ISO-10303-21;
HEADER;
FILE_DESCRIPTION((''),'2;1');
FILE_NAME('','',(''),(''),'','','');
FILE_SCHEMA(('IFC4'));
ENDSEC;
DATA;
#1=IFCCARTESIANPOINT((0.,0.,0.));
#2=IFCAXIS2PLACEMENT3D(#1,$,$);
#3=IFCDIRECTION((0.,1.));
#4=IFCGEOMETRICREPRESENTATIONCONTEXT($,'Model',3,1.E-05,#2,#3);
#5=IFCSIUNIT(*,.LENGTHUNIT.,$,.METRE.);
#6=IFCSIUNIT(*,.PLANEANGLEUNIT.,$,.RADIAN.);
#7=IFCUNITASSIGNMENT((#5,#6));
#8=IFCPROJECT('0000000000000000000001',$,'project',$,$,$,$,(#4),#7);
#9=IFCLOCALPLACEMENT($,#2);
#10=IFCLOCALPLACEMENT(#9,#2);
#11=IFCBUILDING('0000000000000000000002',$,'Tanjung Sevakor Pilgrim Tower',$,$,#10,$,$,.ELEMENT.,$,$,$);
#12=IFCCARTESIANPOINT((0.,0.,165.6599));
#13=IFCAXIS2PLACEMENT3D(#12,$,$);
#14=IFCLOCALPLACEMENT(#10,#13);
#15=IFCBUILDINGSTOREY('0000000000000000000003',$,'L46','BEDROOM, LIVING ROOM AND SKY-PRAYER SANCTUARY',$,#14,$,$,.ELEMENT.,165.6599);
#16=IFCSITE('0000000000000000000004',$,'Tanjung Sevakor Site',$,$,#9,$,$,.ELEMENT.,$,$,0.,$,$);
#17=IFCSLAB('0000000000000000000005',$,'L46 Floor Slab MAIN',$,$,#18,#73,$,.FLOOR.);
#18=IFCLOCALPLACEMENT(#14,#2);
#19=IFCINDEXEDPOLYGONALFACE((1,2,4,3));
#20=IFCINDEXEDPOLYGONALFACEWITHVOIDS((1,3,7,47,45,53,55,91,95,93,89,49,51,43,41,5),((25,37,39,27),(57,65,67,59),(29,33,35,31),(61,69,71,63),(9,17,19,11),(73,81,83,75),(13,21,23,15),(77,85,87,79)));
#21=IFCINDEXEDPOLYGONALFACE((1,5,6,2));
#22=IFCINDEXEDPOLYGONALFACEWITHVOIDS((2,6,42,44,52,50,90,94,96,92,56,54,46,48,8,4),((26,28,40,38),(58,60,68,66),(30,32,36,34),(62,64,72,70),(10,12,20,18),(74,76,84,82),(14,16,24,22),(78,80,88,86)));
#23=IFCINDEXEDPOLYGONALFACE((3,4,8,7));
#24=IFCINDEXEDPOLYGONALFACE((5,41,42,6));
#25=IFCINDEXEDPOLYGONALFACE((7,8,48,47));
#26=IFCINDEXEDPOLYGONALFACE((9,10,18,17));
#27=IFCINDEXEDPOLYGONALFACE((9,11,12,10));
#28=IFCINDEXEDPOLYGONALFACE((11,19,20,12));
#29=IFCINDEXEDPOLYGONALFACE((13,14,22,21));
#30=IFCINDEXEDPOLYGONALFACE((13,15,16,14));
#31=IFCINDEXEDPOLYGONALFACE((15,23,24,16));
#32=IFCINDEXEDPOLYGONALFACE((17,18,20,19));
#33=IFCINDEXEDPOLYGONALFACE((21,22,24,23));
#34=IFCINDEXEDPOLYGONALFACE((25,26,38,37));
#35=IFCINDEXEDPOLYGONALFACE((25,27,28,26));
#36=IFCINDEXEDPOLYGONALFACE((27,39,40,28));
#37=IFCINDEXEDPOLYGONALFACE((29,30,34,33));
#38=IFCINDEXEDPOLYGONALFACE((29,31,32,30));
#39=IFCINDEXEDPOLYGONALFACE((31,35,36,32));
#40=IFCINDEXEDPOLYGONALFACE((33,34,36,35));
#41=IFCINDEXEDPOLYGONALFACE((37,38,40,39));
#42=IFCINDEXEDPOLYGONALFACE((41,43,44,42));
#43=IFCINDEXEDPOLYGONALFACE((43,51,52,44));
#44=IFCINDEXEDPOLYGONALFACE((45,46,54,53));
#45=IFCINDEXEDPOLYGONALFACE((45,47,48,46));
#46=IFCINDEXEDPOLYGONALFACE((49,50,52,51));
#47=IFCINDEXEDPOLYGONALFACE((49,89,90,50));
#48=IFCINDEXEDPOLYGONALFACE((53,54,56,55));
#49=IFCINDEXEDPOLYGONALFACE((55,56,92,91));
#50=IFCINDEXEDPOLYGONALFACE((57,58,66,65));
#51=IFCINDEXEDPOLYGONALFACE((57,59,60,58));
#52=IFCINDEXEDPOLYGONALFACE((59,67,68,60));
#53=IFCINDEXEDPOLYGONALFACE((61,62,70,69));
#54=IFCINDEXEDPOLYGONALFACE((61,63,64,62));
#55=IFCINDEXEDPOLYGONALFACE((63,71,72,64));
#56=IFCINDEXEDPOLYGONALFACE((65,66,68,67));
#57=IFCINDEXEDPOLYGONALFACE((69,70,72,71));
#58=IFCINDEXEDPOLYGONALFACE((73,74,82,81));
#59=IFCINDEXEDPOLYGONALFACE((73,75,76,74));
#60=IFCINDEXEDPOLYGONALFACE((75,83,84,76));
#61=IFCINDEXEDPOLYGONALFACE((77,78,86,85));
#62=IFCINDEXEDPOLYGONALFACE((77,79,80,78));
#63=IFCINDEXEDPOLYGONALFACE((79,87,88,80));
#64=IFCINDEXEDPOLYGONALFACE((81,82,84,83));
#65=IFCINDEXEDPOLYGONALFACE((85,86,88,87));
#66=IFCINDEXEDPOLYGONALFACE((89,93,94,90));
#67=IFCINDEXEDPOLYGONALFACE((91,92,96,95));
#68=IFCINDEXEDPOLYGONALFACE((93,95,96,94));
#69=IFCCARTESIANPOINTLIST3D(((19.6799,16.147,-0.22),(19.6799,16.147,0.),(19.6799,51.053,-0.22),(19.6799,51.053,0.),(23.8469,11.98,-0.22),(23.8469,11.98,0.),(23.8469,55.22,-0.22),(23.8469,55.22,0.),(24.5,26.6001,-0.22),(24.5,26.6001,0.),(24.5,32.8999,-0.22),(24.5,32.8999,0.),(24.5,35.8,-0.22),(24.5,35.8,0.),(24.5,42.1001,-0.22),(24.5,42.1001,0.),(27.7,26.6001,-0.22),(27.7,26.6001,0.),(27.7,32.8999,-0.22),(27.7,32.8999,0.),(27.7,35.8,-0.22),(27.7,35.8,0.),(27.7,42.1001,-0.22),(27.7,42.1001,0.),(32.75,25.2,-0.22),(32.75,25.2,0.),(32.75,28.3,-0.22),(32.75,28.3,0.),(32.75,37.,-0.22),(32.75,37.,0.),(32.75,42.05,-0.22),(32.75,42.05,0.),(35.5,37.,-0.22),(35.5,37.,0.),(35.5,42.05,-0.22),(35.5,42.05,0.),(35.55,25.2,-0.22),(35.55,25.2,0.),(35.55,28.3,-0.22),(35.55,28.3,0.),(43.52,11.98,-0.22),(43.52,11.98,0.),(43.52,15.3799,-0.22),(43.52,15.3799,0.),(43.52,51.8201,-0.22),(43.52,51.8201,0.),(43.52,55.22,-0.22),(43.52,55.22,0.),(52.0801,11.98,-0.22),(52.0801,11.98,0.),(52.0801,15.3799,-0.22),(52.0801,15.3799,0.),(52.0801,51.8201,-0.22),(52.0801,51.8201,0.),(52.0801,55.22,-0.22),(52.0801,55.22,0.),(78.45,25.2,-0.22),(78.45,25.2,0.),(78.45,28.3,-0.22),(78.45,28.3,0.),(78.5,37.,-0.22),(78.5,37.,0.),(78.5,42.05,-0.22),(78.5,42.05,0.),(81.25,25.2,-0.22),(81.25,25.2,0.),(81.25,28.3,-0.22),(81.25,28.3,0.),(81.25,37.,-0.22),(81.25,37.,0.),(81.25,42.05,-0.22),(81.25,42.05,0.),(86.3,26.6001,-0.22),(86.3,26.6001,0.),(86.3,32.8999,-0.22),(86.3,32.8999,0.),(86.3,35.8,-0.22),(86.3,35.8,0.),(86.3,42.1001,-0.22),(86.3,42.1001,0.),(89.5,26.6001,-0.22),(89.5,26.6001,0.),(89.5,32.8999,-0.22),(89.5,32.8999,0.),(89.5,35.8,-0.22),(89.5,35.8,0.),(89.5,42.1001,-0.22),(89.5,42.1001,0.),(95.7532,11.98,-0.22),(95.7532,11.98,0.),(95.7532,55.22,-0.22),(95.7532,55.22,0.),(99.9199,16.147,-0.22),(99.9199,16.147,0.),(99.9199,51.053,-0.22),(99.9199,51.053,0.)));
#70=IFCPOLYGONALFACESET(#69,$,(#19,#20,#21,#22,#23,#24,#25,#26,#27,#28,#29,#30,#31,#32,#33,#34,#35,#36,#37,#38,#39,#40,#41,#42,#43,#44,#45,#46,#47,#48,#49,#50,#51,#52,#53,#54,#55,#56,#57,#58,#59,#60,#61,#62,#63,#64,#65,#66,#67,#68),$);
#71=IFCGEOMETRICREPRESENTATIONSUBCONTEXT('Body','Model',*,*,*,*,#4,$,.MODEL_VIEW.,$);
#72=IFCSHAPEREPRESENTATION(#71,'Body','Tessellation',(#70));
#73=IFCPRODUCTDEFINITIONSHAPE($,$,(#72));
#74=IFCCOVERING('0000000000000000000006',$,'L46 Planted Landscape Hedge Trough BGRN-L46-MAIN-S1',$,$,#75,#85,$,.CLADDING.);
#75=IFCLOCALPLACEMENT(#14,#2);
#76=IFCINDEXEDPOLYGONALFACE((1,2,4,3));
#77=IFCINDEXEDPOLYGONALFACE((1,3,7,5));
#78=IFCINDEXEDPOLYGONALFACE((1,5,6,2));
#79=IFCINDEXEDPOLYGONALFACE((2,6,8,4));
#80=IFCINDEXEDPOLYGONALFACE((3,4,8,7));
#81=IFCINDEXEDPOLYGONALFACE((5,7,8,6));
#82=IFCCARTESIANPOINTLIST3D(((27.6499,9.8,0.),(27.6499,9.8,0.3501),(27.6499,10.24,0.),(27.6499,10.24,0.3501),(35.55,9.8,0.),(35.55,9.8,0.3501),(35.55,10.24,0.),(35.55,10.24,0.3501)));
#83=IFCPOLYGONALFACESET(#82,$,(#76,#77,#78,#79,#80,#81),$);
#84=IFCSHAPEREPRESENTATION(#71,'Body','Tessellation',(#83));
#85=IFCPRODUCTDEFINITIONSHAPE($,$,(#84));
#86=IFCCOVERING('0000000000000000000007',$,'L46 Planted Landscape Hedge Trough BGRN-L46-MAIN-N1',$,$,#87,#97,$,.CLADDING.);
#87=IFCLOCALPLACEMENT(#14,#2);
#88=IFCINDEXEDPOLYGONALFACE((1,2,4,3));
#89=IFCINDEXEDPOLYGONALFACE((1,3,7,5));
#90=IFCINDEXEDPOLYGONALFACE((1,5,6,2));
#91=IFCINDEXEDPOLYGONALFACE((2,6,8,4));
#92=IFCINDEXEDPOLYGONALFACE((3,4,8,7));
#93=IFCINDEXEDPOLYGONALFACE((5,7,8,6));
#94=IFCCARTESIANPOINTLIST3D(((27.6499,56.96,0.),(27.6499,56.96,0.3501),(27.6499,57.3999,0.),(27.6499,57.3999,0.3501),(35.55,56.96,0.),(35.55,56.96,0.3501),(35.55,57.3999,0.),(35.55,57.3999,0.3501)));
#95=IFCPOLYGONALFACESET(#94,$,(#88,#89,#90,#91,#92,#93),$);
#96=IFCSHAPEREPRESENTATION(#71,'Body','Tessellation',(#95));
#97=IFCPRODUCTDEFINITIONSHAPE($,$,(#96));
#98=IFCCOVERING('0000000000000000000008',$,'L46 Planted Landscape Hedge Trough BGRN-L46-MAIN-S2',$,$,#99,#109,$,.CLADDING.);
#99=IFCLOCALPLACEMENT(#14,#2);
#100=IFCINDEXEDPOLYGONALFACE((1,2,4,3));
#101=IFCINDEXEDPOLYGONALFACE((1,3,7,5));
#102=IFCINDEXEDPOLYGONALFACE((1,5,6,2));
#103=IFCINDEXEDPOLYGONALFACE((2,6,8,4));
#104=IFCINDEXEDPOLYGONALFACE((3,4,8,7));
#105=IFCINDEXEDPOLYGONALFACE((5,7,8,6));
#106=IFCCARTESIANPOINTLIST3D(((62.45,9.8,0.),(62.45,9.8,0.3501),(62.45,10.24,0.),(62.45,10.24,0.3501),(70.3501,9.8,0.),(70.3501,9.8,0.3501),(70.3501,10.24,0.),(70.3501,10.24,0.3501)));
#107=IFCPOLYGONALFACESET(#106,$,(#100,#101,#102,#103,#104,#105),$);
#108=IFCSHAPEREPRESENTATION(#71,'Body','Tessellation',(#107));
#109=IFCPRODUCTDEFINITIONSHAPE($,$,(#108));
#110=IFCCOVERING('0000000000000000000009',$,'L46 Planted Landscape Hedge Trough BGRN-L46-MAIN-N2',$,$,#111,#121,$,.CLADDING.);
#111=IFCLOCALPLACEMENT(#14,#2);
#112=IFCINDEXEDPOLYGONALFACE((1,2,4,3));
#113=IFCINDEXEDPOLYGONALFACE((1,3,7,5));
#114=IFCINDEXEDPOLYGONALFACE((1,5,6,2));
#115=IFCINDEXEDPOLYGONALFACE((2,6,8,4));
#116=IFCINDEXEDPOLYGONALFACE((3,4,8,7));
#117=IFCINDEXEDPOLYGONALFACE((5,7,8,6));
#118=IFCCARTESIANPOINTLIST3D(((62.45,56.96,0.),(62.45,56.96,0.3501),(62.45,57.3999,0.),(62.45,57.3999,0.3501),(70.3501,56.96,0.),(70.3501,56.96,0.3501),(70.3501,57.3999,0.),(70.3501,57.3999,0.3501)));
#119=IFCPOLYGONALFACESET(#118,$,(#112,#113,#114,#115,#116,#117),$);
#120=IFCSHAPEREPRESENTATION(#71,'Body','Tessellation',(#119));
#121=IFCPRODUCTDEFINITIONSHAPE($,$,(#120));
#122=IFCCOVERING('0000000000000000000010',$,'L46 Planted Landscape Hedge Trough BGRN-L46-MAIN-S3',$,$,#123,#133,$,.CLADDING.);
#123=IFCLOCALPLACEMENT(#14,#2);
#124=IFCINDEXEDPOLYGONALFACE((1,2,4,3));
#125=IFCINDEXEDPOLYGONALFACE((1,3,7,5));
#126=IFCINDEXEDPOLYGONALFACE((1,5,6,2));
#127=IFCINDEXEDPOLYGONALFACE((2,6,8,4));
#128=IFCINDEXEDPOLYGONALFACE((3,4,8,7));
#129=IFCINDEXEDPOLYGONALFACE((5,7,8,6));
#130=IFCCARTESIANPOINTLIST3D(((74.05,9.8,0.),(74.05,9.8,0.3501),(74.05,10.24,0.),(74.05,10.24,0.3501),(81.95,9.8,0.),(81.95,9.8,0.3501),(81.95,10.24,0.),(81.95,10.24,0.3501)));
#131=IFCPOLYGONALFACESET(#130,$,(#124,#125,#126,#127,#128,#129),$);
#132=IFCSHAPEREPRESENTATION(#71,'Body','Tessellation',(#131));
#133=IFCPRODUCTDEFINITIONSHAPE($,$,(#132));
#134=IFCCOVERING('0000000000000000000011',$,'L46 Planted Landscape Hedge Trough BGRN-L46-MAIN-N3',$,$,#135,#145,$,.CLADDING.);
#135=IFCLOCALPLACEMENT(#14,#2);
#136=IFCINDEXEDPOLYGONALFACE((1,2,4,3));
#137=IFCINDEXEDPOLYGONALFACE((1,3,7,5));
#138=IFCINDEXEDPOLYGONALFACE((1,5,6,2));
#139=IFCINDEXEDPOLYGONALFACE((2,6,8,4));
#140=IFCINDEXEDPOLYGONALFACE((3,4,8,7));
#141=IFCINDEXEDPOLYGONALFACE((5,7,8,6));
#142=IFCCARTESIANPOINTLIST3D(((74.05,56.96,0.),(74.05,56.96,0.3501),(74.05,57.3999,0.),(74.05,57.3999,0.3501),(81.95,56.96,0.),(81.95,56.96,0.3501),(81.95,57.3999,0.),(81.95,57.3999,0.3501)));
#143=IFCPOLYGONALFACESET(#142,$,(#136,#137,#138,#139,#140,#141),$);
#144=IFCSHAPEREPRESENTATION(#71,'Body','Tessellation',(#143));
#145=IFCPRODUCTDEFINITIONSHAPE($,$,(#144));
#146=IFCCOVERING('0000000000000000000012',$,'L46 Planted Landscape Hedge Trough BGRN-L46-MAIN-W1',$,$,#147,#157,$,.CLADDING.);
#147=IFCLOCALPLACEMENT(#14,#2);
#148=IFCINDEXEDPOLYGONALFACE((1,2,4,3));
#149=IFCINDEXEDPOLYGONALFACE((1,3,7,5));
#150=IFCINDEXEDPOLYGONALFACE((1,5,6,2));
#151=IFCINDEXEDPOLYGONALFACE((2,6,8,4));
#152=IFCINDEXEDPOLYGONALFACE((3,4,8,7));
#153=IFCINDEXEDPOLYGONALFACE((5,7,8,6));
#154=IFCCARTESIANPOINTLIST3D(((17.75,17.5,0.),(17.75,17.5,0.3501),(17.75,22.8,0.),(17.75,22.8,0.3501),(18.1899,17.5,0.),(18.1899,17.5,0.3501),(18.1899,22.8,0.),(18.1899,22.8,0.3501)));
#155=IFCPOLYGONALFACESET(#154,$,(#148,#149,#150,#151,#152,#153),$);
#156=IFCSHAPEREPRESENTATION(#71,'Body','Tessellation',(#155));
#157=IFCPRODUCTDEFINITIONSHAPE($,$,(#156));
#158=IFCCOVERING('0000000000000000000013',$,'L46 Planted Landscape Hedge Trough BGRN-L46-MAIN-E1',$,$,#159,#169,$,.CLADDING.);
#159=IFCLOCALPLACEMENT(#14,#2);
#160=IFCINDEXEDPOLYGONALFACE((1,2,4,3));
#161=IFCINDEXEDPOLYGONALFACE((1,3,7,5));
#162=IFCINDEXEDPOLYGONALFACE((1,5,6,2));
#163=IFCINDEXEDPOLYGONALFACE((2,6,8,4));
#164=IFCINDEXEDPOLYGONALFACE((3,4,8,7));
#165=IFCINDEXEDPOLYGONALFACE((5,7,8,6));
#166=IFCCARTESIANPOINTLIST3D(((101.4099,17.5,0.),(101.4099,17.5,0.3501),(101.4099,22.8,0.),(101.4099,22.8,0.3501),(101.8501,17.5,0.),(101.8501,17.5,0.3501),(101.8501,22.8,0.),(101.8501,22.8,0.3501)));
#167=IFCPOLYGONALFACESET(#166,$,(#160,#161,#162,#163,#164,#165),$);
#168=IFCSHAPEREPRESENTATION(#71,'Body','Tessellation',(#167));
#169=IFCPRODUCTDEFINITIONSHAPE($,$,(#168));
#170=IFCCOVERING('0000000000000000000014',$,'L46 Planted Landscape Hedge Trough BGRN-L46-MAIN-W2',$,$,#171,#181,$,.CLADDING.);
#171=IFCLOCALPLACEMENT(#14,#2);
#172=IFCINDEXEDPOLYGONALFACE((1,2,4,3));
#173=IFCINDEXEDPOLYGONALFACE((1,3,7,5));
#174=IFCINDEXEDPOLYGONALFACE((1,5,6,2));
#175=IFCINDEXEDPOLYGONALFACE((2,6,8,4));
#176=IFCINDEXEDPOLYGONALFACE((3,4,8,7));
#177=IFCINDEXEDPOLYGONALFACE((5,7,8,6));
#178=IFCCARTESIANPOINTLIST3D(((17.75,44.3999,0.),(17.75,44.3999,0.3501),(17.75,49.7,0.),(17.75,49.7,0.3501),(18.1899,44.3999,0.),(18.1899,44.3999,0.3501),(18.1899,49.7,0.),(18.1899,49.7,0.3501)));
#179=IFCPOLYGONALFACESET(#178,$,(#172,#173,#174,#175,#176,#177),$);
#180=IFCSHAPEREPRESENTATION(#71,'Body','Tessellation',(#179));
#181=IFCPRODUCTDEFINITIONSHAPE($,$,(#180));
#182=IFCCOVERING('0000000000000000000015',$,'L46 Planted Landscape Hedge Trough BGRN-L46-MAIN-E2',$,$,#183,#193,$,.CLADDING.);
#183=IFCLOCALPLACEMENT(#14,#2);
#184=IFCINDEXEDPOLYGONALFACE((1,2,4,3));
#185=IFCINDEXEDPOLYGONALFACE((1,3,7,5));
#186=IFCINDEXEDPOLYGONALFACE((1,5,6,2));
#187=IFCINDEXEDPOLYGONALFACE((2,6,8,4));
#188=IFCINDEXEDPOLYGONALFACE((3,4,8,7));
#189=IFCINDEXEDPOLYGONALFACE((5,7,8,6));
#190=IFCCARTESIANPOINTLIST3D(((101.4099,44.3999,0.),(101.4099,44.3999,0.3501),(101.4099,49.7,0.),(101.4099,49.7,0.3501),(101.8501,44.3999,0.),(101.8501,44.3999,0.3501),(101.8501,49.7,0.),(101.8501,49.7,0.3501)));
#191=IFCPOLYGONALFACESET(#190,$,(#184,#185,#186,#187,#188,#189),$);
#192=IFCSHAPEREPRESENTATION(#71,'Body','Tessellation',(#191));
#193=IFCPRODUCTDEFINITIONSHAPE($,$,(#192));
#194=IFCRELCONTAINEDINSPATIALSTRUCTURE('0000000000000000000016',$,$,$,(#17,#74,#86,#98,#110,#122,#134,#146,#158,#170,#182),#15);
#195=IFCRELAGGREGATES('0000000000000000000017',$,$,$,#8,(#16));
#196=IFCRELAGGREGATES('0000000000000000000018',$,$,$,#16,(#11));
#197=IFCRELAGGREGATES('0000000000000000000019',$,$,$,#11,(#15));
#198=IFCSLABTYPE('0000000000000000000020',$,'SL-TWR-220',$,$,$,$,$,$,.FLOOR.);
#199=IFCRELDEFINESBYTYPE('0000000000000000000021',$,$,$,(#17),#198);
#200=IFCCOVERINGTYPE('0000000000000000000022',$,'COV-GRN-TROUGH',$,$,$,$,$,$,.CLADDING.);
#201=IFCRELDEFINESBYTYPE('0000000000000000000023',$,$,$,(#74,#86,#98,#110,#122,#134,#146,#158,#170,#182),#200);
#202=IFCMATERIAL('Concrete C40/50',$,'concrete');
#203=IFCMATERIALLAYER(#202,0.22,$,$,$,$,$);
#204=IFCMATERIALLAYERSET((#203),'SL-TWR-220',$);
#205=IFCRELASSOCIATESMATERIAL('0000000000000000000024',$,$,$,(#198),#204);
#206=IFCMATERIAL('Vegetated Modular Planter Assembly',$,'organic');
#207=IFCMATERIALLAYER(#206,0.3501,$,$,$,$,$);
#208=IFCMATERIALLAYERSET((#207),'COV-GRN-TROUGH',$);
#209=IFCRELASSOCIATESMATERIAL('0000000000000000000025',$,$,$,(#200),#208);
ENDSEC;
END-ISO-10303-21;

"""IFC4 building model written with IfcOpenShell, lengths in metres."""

from ifc_helpers import new_model, si_unit, direction, frame, origin, place, context, subcontext, project, spatial, polyline, outline, extrude, material, layer, layer_set, type_object, element, save


model = new_model("IFC4")

# Units and contexts
model_context = context("Model", 3, precision=1e-05, world=origin(), true_north=direction((0.0, 1.0)))
body_context = subcontext(model_context, "Body", "Model", "MODEL_VIEW")
ifc_project = project(units=[si_unit("LENGTHUNIT", "METRE"), si_unit("PLANEANGLEUNIT", "RADIAN")], contexts=[model_context])

# Site, building, storey
site_placement = place(None, origin())
site = spatial("IfcSite", under=ifc_project, at=site_placement, Name="Tanjung Sevakor Site", CompositionType="ELEMENT", RefElevation=0.0)
building_placement = place(site_placement, origin())
building = spatial("IfcBuilding", under=site, at=building_placement, Name="Tanjung Sevakor Pilgrim Tower", CompositionType="ELEMENT")
storey_placement = place(building_placement, frame((0.0, 0.0, 165.6599)))
storey = spatial("IfcBuildingStorey", under=building, at=storey_placement, Name="L46", Description="BEDROOM, LIVING ROOM AND SKY-PRAYER SANCTUARY", CompositionType="ELEMENT", Elevation=165.6599)

# Slab
ifc_material_1 = material(Name="Concrete C40/50", Category="concrete")
ifc_layer_1 = layer(ifc_material_1, 0.22)
ifc_layer_set_1 = layer_set([ifc_layer_1], Name="SL-TWR-220")
slab_type_1 = type_object("IfcSlabType", Name="SL-TWR-220", PredefinedType="FLOOR", material=ifc_layer_set_1)
slab_1_placement = place(storey_placement, frame((0.0, 0.0, -0.22)))
element("IfcSlab", 1, at=slab_1_placement, inside=storey, type_object=slab_type_1, Name="L46 Floor Slab MAIN", PredefinedType="FLOOR", context=body_context, shape_type="SweptSolid", body=[
    extrude(outline(polyline([(23.8469, 11.98), (43.52, 11.98), (43.52, 15.3799), (52.0801, 15.3799), (52.0801, 11.98), (95.7532, 11.98), (99.9199, 16.147), (99.9199, 51.053), (95.7532, 55.22), (52.0801, 55.22), (52.0801, 51.8201), (43.52, 51.8201), (43.52, 55.22), (23.8469, 55.22), (19.6799, 51.053), (19.6799, 16.147), (23.8469, 11.98)]), holes=[polyline([(27.7, 26.6001), (27.7, 32.8999), (24.5, 32.8999), (24.5, 26.6001), (27.7, 26.6001)]), polyline([(27.7, 35.8), (27.7, 42.1001), (24.5, 42.1001), (24.5, 35.8), (27.7, 35.8)]), polyline([(89.5, 26.6001), (89.5, 32.8999), (86.3, 32.8999), (86.3, 26.6001), (89.5, 26.6001)]), polyline([(89.5, 35.8), (89.5, 42.1001), (86.3, 42.1001), (86.3, 35.8), (89.5, 35.8)]), polyline([(32.75, 25.2), (35.55, 25.2), (35.55, 28.3), (32.75, 28.3), (32.75, 25.2)]), polyline([(32.75, 37.0), (35.5, 37.0), (35.5, 42.05), (32.75, 42.05), (32.75, 37.0)]), polyline([(78.45, 25.2), (81.25, 25.2), (81.25, 28.3), (78.45, 28.3), (78.45, 25.2)]), polyline([(78.5, 37.0), (81.25, 37.0), (81.25, 42.05), (78.5, 42.05), (78.5, 37.0)])]), origin(), (0.0, 0.0, 1.0), 0.22),
])

# Coverings
ifc_material_2 = material(Name="Vegetated Modular Planter Assembly", Category="organic")
ifc_layer_2 = layer(ifc_material_2, 0.3501)
ifc_layer_set_2 = layer_set([ifc_layer_2], Name="COV-GRN-TROUGH")
covering_type = type_object("IfcCoveringType", Name="COV-GRN-TROUGH", PredefinedType="CLADDING", material=ifc_layer_set_2)
covering_1_placement = place(storey_placement, origin())
element("IfcCovering", 2, at=covering_1_placement, inside=storey, type_object=covering_type, Name="L46 Planted Landscape Hedge Trough BGRN-L46-MAIN-S1", PredefinedType="CLADDING", context=body_context, shape_type="SweptSolid", body=[
    extrude(outline(polyline([(27.6499, 9.8), (35.55, 9.8), (35.55, 10.24), (27.6499, 10.24), (27.6499, 9.8)])), origin(), (0.0, 0.0, 1.0), 0.3501),
])
covering_2_placement = place(storey_placement, origin())
element("IfcCovering", 3, at=covering_2_placement, inside=storey, type_object=covering_type, Name="L46 Planted Landscape Hedge Trough BGRN-L46-MAIN-N1", PredefinedType="CLADDING", context=body_context, shape_type="SweptSolid", body=[
    extrude(outline(polyline([(27.6499, 56.96), (35.55, 56.96), (35.55, 57.3999), (27.6499, 57.3999), (27.6499, 56.96)])), origin(), (0.0, 0.0, 1.0), 0.3501),
])
covering_3_placement = place(storey_placement, origin())
element("IfcCovering", 4, at=covering_3_placement, inside=storey, type_object=covering_type, Name="L46 Planted Landscape Hedge Trough BGRN-L46-MAIN-S2", PredefinedType="CLADDING", context=body_context, shape_type="SweptSolid", body=[
    extrude(outline(polyline([(62.45, 9.8), (70.3501, 9.8), (70.3501, 10.24), (62.45, 10.24), (62.45, 9.8)])), origin(), (0.0, 0.0, 1.0), 0.3501),
])
covering_4_placement = place(storey_placement, origin())
element("IfcCovering", 5, at=covering_4_placement, inside=storey, type_object=covering_type, Name="L46 Planted Landscape Hedge Trough BGRN-L46-MAIN-N2", PredefinedType="CLADDING", context=body_context, shape_type="SweptSolid", body=[
    extrude(outline(polyline([(62.45, 56.96), (70.3501, 56.96), (70.3501, 57.3999), (62.45, 57.3999), (62.45, 56.96)])), origin(), (0.0, 0.0, 1.0), 0.3501),
])
covering_5_placement = place(storey_placement, origin())
element("IfcCovering", 6, at=covering_5_placement, inside=storey, type_object=covering_type, Name="L46 Planted Landscape Hedge Trough BGRN-L46-MAIN-S3", PredefinedType="CLADDING", context=body_context, shape_type="SweptSolid", body=[
    extrude(outline(polyline([(74.05, 9.8), (81.95, 9.8), (81.95, 10.24), (74.05, 10.24), (74.05, 9.8)])), origin(), (0.0, 0.0, 1.0), 0.3501),
])
covering_6_placement = place(storey_placement, origin())
element("IfcCovering", 7, at=covering_6_placement, inside=storey, type_object=covering_type, Name="L46 Planted Landscape Hedge Trough BGRN-L46-MAIN-N3", PredefinedType="CLADDING", context=body_context, shape_type="SweptSolid", body=[
    extrude(outline(polyline([(74.05, 56.96), (81.95, 56.96), (81.95, 57.3999), (74.05, 57.3999), (74.05, 56.96)])), origin(), (0.0, 0.0, 1.0), 0.3501),
])
covering_7_placement = place(storey_placement, origin())
element("IfcCovering", 8, at=covering_7_placement, inside=storey, type_object=covering_type, Name="L46 Planted Landscape Hedge Trough BGRN-L46-MAIN-W1", PredefinedType="CLADDING", context=body_context, shape_type="SweptSolid", body=[
    extrude(outline(polyline([(18.1899, 17.5), (18.1899, 22.8), (17.75, 22.8), (17.75, 17.5), (18.1899, 17.5)])), origin(), (0.0, 0.0, 1.0), 0.3501),
])
covering_8_placement = place(storey_placement, origin())
element("IfcCovering", 9, at=covering_8_placement, inside=storey, type_object=covering_type, Name="L46 Planted Landscape Hedge Trough BGRN-L46-MAIN-E1", PredefinedType="CLADDING", context=body_context, shape_type="SweptSolid", body=[
    extrude(outline(polyline([(101.8501, 17.5), (101.8501, 22.8), (101.4099, 22.8), (101.4099, 17.5), (101.8501, 17.5)])), origin(), (0.0, 0.0, 1.0), 0.3501),
])
covering_9_placement = place(storey_placement, origin())
element("IfcCovering", 10, at=covering_9_placement, inside=storey, type_object=covering_type, Name="L46 Planted Landscape Hedge Trough BGRN-L46-MAIN-W2", PredefinedType="CLADDING", context=body_context, shape_type="SweptSolid", body=[
    extrude(outline(polyline([(18.1899, 44.3999), (18.1899, 49.7), (17.75, 49.7), (17.75, 44.3999), (18.1899, 44.3999)])), origin(), (0.0, 0.0, 1.0), 0.3501),
])
covering_10_placement = place(storey_placement, origin())
element("IfcCovering", 11, at=covering_10_placement, inside=storey, type_object=covering_type, Name="L46 Planted Landscape Hedge Trough BGRN-L46-MAIN-E2", PredefinedType="CLADDING", context=body_context, shape_type="SweptSolid", body=[
    extrude(outline(polyline([(101.8501, 44.3999), (101.8501, 49.7), (101.4099, 49.7), (101.4099, 44.3999), (101.8501, 44.3999)])), origin(), (0.0, 0.0, 1.0), 0.3501),
])

save(model, "model.ifc")
